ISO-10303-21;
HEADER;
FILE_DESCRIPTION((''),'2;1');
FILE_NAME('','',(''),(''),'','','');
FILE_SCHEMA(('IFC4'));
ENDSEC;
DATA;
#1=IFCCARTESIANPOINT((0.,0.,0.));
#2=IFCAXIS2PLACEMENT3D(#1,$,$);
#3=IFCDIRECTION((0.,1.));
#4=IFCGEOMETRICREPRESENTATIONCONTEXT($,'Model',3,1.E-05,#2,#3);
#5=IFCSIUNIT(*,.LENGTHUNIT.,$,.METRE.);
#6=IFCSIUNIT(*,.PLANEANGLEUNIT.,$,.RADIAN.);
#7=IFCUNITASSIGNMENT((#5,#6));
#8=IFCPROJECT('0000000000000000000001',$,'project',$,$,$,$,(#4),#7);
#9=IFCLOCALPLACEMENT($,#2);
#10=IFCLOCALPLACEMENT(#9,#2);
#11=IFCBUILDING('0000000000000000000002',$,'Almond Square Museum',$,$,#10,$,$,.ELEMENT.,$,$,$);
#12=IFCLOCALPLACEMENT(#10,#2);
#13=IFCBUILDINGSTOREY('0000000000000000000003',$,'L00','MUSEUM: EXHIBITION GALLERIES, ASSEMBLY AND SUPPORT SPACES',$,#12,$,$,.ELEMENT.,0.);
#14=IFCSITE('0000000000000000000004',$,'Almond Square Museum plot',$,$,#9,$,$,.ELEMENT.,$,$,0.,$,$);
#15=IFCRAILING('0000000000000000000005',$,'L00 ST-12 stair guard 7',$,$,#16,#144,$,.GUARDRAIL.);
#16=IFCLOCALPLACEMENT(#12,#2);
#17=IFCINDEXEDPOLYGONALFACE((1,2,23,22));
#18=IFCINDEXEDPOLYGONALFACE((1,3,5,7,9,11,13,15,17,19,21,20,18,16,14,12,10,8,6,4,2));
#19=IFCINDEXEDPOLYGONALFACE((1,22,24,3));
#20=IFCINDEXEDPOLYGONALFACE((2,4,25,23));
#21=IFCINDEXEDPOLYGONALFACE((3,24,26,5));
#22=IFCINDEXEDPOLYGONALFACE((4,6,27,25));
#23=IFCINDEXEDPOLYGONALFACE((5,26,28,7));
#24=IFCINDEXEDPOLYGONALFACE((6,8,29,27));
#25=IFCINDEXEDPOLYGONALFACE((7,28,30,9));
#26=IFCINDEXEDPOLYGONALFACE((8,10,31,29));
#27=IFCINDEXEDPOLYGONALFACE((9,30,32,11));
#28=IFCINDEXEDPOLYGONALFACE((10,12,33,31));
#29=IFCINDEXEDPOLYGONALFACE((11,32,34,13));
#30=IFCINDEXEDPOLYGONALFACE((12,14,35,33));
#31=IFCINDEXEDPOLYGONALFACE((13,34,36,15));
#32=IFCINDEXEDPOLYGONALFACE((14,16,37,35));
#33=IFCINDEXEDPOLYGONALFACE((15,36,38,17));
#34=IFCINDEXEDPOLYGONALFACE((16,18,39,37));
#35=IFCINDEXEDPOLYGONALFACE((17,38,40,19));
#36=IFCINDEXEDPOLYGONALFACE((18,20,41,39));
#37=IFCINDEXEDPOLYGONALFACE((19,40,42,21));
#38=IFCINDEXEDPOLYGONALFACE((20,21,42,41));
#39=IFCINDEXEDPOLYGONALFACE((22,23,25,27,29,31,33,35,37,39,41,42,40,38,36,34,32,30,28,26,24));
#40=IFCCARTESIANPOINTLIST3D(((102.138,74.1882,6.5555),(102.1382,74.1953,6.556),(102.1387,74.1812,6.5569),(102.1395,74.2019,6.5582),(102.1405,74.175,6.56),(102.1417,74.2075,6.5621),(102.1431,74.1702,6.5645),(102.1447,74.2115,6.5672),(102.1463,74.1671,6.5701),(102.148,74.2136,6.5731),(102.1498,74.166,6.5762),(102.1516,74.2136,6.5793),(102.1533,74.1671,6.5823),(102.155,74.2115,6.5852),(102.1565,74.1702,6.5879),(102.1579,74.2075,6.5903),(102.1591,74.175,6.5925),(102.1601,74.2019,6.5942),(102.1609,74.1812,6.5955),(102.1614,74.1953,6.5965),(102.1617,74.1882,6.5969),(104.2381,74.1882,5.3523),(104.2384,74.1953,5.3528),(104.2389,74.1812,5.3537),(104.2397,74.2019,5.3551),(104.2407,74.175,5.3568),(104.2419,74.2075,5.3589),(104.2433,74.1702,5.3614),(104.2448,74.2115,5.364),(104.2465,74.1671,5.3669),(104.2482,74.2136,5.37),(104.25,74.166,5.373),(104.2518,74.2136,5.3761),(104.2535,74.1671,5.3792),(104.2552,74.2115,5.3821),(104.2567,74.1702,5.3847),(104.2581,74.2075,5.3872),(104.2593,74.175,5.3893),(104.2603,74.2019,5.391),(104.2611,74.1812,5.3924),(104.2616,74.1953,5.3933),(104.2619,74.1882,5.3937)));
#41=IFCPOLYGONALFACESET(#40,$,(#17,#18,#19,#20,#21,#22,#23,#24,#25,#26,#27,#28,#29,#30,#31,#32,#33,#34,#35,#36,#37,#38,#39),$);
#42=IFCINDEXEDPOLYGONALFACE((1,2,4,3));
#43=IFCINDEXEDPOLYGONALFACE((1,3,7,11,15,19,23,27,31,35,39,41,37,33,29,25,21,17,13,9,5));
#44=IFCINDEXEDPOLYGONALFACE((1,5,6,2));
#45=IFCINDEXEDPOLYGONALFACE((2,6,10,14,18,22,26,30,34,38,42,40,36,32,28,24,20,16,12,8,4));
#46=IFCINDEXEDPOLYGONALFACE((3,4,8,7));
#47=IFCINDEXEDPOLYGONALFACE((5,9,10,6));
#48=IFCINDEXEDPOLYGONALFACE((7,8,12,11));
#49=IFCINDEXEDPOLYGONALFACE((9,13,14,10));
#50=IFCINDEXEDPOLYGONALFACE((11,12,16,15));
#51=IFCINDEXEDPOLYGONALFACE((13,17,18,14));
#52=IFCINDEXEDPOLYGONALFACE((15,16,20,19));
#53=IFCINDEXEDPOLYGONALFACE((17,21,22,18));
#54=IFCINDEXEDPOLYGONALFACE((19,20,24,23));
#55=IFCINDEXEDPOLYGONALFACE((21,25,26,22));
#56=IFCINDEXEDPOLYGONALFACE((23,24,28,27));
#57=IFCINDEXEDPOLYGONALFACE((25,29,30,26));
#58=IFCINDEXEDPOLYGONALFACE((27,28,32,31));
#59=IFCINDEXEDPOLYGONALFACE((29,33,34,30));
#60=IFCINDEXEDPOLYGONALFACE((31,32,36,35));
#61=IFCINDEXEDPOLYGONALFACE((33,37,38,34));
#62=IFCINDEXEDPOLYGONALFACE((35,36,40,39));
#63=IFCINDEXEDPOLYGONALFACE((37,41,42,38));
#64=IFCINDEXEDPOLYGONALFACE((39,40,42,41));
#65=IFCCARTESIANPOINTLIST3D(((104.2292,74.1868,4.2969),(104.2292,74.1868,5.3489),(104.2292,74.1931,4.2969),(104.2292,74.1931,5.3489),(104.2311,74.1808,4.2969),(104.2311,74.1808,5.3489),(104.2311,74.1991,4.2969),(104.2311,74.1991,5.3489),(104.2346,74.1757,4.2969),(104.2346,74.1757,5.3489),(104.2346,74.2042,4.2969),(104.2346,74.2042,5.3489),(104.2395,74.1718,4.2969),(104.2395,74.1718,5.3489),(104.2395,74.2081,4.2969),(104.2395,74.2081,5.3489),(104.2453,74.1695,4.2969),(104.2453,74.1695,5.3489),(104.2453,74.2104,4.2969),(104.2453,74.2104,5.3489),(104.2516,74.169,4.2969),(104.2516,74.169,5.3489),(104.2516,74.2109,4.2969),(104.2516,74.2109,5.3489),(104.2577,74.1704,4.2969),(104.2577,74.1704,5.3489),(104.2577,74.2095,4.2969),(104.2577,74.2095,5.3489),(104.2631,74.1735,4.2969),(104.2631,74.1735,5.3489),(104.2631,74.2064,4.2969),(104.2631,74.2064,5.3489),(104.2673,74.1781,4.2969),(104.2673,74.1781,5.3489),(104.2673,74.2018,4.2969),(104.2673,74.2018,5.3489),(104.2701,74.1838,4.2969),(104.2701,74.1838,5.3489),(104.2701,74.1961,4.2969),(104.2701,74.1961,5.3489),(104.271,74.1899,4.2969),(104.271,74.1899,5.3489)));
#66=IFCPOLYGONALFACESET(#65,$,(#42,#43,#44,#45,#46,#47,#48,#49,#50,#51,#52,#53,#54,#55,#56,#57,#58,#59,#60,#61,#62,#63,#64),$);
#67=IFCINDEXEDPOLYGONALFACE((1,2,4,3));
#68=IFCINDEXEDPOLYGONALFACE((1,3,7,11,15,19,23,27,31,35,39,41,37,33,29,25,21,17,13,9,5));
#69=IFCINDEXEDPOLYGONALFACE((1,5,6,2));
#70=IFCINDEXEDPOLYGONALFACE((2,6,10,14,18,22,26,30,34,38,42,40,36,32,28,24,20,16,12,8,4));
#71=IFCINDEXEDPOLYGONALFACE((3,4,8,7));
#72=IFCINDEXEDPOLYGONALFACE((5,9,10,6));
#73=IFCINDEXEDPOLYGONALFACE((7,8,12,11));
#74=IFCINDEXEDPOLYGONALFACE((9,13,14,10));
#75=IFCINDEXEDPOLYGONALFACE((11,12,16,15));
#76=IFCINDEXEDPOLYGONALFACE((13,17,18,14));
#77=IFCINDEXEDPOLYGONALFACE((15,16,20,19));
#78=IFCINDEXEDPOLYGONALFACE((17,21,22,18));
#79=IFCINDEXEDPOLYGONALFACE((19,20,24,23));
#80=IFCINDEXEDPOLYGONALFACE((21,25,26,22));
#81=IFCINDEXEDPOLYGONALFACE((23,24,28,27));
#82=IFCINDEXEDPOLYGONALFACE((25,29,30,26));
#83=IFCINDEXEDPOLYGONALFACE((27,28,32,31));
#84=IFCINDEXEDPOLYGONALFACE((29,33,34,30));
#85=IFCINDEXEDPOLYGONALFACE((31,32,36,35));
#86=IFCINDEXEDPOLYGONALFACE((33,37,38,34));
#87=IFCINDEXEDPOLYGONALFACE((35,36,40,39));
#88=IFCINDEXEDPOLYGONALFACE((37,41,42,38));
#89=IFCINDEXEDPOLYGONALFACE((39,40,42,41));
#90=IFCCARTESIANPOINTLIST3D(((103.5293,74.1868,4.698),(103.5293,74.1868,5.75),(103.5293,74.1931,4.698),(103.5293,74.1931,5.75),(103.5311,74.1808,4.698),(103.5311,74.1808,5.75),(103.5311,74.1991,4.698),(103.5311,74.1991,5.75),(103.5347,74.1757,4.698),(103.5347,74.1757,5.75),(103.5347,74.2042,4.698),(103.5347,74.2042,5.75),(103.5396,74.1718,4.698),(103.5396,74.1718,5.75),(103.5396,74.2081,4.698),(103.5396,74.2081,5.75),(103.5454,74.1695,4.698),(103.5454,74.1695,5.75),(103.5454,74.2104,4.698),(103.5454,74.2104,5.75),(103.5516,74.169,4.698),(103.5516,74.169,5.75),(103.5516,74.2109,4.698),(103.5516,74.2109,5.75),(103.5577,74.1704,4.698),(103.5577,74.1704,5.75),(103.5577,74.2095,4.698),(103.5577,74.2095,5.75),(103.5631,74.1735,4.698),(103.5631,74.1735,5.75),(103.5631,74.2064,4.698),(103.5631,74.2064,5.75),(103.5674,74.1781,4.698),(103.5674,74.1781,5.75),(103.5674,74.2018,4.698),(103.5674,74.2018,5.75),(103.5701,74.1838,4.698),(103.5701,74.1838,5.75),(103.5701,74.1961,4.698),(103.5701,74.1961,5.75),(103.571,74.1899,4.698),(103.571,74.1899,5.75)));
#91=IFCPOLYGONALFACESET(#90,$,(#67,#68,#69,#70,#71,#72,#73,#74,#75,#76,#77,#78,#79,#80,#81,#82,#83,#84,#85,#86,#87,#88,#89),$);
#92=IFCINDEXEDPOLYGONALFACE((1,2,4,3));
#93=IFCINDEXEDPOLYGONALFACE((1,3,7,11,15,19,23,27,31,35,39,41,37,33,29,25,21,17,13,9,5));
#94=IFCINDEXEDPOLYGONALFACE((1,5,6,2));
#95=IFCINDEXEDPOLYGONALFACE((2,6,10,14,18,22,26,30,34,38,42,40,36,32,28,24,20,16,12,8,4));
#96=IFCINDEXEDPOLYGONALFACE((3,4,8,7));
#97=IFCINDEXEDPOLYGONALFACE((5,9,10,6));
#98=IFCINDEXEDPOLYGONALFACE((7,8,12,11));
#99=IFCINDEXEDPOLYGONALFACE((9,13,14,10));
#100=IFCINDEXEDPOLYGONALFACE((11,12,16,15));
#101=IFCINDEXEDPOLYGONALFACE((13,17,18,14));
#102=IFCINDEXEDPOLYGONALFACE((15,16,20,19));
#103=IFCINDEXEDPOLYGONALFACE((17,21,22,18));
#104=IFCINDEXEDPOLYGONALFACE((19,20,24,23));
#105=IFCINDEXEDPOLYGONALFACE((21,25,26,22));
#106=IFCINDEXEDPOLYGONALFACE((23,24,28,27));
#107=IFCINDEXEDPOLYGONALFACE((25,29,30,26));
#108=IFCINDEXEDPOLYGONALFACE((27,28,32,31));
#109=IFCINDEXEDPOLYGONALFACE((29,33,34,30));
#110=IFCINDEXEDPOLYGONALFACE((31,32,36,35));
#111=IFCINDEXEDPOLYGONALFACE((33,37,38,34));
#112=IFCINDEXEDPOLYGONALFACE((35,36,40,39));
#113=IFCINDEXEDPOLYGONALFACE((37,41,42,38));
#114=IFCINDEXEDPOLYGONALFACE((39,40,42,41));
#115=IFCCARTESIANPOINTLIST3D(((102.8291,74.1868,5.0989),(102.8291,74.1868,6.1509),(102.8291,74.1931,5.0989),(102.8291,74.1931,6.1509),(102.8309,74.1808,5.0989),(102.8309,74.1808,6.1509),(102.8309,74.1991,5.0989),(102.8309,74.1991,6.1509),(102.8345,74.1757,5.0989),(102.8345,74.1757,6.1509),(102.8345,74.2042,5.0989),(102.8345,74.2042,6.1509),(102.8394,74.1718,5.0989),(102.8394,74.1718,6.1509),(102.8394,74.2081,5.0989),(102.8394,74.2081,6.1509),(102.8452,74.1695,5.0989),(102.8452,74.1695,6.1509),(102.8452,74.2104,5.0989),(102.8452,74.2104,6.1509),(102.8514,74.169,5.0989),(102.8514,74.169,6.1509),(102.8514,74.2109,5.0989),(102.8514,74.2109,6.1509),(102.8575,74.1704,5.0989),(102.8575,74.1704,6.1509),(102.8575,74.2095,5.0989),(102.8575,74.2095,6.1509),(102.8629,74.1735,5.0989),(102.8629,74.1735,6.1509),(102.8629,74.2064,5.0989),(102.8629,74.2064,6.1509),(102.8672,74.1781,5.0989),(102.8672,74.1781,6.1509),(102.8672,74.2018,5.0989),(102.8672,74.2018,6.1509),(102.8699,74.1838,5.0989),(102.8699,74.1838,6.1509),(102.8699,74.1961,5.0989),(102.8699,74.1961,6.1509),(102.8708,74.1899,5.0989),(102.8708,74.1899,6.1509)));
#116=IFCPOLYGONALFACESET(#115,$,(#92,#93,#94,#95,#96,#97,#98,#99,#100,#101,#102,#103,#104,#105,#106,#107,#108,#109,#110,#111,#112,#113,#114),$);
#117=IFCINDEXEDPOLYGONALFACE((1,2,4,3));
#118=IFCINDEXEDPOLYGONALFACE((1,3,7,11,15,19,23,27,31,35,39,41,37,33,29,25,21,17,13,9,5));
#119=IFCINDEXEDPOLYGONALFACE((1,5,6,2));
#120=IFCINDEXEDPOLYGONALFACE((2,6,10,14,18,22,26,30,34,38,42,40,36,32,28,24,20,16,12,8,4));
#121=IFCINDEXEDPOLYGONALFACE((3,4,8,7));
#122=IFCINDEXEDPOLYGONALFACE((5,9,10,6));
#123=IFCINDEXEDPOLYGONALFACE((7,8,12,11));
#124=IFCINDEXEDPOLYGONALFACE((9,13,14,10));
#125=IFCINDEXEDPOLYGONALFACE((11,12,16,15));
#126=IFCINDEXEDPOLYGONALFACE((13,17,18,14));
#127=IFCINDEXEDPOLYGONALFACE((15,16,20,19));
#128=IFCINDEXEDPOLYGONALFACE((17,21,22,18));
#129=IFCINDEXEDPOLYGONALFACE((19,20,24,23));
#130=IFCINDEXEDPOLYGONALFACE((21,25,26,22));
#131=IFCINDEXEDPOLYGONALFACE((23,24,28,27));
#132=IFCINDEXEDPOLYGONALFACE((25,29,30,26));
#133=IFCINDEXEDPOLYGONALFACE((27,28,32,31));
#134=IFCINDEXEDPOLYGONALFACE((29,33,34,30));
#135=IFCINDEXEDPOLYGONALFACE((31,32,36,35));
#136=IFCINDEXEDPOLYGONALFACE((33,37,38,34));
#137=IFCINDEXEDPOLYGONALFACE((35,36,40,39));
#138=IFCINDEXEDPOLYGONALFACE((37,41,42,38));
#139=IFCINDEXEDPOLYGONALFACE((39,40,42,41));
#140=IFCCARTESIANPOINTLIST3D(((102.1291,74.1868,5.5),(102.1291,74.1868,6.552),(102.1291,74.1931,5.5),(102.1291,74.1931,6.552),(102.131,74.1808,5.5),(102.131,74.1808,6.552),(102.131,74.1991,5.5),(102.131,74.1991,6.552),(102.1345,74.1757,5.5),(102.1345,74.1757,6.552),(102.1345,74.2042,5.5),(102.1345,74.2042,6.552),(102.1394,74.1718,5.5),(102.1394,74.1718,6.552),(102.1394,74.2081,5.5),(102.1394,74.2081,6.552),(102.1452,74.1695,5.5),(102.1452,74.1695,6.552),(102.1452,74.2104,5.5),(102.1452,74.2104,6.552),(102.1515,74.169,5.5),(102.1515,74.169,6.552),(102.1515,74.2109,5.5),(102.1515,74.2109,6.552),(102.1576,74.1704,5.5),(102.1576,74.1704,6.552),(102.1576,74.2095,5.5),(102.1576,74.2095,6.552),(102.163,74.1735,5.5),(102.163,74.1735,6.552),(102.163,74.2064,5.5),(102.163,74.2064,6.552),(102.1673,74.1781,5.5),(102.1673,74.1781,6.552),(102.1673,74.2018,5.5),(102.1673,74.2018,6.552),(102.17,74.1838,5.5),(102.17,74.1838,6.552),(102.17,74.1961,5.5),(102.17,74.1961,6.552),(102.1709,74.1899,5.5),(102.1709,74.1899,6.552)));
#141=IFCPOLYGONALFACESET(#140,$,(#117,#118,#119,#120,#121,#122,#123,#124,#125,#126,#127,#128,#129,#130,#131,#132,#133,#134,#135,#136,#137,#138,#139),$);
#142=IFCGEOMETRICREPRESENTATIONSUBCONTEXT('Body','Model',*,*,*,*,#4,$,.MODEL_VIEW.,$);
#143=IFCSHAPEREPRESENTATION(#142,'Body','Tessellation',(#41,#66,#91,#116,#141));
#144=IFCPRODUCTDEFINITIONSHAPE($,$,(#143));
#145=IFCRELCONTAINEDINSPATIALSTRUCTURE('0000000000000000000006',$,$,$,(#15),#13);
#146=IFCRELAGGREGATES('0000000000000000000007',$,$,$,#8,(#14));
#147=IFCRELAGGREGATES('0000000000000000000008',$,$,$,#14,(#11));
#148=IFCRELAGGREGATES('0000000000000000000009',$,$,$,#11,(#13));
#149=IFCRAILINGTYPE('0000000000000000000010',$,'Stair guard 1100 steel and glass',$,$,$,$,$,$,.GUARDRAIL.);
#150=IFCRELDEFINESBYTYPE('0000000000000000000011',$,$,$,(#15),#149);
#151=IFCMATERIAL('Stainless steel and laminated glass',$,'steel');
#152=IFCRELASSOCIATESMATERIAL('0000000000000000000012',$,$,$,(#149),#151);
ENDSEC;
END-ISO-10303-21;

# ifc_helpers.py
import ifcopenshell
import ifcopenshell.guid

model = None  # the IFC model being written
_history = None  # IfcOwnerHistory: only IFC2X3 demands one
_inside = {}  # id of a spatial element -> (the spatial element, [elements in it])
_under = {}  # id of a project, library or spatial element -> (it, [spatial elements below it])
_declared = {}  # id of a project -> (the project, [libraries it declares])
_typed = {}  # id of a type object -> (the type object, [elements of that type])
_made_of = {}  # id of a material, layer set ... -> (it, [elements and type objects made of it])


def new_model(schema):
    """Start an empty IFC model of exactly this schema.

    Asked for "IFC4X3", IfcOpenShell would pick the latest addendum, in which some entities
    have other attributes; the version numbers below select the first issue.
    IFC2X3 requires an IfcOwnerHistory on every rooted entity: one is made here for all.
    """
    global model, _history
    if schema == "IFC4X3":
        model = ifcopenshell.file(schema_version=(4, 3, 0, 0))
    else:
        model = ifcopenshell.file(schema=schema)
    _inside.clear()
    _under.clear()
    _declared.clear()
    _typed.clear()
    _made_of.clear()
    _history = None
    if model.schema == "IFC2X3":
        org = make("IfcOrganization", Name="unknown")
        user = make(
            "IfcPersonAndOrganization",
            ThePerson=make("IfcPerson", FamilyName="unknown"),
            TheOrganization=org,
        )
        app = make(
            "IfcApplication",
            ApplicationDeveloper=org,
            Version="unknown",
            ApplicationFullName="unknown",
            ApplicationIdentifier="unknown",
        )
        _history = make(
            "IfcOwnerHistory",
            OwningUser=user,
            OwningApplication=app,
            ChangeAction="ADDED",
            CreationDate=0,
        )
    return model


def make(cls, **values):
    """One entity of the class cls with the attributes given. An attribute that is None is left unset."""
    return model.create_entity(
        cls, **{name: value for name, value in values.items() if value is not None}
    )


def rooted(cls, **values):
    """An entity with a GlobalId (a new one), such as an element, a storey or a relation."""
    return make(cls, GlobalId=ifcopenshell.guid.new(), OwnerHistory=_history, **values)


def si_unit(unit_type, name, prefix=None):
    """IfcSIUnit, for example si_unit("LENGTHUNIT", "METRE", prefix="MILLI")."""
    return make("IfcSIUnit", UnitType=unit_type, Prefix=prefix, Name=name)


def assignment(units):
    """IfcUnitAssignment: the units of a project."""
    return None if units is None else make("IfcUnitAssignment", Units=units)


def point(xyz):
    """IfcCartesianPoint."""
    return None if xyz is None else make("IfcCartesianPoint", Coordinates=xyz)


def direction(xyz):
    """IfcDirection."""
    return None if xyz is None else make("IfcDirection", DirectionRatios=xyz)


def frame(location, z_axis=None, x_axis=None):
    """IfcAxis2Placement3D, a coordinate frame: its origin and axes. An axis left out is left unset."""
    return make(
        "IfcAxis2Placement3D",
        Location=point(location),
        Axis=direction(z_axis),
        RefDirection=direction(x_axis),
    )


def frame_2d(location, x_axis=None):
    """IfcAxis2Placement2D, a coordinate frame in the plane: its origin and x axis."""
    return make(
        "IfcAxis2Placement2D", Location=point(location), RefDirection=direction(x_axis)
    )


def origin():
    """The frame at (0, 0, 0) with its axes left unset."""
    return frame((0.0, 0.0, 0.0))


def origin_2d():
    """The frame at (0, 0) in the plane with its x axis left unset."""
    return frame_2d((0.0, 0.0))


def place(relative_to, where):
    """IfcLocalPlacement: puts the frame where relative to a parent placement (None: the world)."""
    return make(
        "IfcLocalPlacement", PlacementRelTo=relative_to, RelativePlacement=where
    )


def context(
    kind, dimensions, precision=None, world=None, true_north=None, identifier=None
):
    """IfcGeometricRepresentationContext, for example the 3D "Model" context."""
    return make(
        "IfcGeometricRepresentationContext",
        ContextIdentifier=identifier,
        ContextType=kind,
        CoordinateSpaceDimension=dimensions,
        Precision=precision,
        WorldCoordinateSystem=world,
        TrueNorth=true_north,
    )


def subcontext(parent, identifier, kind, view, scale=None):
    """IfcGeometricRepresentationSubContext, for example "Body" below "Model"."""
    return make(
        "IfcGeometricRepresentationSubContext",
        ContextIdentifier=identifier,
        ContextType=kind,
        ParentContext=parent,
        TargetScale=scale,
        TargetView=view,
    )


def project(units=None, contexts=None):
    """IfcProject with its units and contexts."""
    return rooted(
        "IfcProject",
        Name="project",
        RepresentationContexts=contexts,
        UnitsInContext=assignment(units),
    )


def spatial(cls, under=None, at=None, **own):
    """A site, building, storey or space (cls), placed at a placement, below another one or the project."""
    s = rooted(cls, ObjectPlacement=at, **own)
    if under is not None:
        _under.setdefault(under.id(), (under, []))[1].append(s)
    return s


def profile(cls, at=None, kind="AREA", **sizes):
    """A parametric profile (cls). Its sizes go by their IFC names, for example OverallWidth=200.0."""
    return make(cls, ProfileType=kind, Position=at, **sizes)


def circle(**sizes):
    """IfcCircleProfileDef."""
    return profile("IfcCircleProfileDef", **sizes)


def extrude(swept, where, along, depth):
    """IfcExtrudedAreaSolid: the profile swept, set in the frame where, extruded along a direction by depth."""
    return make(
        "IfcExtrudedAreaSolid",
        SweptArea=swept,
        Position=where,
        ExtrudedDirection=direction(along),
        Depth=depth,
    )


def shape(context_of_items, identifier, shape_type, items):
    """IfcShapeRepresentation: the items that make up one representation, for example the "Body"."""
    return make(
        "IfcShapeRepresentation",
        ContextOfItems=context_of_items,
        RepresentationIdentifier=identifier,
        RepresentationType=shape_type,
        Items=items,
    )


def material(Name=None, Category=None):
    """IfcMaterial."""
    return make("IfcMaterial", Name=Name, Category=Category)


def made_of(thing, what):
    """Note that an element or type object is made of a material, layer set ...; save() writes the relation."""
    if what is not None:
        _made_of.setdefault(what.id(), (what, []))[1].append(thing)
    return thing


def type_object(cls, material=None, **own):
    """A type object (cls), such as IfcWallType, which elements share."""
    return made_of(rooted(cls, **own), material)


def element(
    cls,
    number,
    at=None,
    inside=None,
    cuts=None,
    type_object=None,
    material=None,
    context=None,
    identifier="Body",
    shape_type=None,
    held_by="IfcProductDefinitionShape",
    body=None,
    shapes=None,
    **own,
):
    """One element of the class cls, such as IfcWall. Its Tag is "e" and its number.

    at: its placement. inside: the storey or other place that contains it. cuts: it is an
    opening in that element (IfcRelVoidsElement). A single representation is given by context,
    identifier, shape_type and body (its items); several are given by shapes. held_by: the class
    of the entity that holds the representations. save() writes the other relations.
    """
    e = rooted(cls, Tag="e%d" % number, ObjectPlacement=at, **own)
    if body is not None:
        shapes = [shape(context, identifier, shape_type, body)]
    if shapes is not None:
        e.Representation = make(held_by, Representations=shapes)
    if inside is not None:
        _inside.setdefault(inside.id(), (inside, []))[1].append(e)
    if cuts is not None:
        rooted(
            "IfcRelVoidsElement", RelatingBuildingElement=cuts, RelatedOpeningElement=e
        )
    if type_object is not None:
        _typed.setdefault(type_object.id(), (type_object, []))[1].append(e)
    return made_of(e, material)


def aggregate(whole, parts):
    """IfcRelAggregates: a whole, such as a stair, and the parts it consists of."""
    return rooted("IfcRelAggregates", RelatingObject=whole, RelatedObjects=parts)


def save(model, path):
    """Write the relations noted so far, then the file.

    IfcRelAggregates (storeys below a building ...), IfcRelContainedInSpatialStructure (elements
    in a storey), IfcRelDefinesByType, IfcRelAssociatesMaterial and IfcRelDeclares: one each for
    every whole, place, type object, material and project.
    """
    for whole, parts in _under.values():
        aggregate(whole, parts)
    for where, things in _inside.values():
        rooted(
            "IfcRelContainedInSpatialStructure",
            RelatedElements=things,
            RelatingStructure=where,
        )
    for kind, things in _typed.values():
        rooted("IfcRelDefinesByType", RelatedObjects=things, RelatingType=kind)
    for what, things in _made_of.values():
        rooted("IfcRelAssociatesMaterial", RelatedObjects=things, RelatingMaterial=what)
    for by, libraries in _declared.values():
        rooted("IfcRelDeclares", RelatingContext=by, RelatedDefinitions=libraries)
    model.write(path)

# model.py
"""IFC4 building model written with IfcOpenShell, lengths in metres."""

from ifc_helpers import new_model, si_unit, direction, frame, origin, origin_2d, place, context, subcontext, project, spatial, circle, extrude, material, type_object, element, save


model = new_model("IFC4")

# Units and contexts
model_context = context("Model", 3, precision=1e-05, world=origin(), true_north=direction((0.0, 1.0)))
body_context = subcontext(model_context, "Body", "Model", "MODEL_VIEW")
ifc_project = project(units=[si_unit("LENGTHUNIT", "METRE"), si_unit("PLANEANGLEUNIT", "RADIAN")], contexts=[model_context])

# Site, building, storey
site_placement = place(None, origin())
site = spatial("IfcSite", under=ifc_project, at=site_placement, Name="Almond Square Museum plot", CompositionType="ELEMENT", RefElevation=0.0)
building_placement = place(site_placement, origin())
building = spatial("IfcBuilding", under=site, at=building_placement, Name="Almond Square Museum", CompositionType="ELEMENT")
storey_placement = place(building_placement, origin())
storey = spatial("IfcBuildingStorey", under=building, at=storey_placement, Name="L00", Description="MUSEUM: EXHIBITION GALLERIES, ASSEMBLY AND SUPPORT SPACES", CompositionType="ELEMENT", Elevation=0.0)

# Railing
ifc_material_1 = material(Name="Stainless steel and laminated glass", Category="steel")
railing_type_1 = type_object("IfcRailingType", Name="Stair guard 1100 steel and glass", PredefinedType="GUARDRAIL", material=ifc_material_1)
railing_1_placement = place(storey_placement, frame((104.25, 74.1899, 4.2969)))
element("IfcRailing", 1, at=railing_1_placement, inside=storey, type_object=railing_type_1, Name="L00 ST-12 stair guard 7", PredefinedType="GUARDRAIL", context=body_context, shape_type="SweptSolid", body=[
    extrude(circle(Radius=0.0239, at=origin_2d()), frame((0.0, 0.0, 1.0762), z_axis=(-0.867696, 0.0, 0.497095), x_axis=(0.0, -1.0, 0.0)), (0.0, 0.0, 1.0), 2.4204),
    extrude(circle(Radius=0.021, at=origin_2d()), origin(), (0.0, 0.0, 1.0), 1.052),
    extrude(circle(Radius=0.021, at=origin_2d()), frame((-0.7, 0.0, 0.4011)), (0.0, 0.0, 1.0), 1.052),
    extrude(circle(Radius=0.021, at=origin_2d()), frame((-1.4001, 0.0, 0.802)), (0.0, 0.0, 1.0), 1.052),
    extrude(circle(Radius=0.021, at=origin_2d()), frame((-2.1001, 0.0, 1.2031)), (0.0, 0.0, 1.0), 1.052),
])

save(model, "model.ifc")
